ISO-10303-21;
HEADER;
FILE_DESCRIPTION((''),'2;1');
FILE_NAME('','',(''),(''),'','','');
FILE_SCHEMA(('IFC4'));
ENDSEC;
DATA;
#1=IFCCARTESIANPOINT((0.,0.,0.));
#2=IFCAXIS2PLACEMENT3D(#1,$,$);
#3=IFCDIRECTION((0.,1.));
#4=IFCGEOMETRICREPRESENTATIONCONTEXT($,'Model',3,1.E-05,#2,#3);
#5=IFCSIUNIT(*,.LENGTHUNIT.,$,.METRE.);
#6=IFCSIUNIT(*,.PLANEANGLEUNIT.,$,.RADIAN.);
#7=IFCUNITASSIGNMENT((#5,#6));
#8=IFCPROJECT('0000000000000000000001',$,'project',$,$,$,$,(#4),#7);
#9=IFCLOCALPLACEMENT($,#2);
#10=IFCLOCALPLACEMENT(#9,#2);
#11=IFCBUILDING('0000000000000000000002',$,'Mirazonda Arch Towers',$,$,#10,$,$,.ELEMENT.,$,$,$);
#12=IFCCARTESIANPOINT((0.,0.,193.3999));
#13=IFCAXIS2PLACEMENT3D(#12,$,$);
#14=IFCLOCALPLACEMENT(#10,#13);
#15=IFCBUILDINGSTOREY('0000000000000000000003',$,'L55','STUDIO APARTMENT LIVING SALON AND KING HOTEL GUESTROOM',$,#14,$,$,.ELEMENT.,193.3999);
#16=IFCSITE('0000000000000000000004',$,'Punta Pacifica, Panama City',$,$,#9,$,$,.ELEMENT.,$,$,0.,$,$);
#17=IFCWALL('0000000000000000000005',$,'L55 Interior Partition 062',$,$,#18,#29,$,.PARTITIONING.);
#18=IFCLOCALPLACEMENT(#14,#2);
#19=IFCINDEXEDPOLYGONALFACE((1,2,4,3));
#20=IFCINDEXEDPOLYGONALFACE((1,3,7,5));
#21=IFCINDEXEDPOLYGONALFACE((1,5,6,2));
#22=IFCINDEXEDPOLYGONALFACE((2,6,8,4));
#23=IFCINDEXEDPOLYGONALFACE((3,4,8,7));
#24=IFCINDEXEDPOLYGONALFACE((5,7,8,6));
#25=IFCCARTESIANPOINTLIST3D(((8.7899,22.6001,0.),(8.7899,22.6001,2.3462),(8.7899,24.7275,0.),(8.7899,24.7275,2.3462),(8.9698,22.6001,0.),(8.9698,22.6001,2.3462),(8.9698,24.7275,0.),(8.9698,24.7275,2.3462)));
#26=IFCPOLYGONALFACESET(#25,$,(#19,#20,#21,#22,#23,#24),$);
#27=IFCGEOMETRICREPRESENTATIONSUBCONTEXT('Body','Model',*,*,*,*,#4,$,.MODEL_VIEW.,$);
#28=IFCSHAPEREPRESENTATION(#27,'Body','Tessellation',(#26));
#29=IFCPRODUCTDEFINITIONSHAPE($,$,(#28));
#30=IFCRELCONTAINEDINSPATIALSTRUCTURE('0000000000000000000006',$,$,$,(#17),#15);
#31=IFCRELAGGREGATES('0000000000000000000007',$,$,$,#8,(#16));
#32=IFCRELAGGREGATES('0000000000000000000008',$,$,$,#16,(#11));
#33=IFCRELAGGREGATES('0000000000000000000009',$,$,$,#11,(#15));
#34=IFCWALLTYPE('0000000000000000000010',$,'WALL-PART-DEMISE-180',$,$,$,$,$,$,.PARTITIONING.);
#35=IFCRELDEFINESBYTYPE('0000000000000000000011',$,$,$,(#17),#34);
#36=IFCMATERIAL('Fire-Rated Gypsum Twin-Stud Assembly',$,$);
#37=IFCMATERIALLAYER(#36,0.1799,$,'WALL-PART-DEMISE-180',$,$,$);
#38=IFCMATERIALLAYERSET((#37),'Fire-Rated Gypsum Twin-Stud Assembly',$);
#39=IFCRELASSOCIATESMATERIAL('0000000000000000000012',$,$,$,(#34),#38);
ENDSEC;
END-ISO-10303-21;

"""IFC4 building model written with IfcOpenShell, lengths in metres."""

from ifc_helpers import new_model, si_unit, direction, frame, frame_2d, origin, place, context, subcontext, project, spatial, rectangle, extrude, material, layer, layer_set, type_object, element, save


model = new_model("IFC4")

# Units and contexts
model_context = context("Model", 3, precision=1e-05, world=origin(), true_north=direction((0.0, 1.0)))
body_context = subcontext(model_context, "Body", "Model", "MODEL_VIEW")
ifc_project = project(units=[si_unit("LENGTHUNIT", "METRE"), si_unit("PLANEANGLEUNIT", "RADIAN")], contexts=[model_context])

# Site, building, storey
site_placement = place(None, origin())
site = spatial("IfcSite", under=ifc_project, at=site_placement, Name="Punta Pacifica, Panama City", CompositionType="ELEMENT", RefElevation=0.0)
building_placement = place(site_placement, origin())
building = spatial("IfcBuilding", under=site, at=building_placement, Name="Mirazonda Arch Towers", CompositionType="ELEMENT")
storey_placement = place(building_placement, frame((0.0, 0.0, 193.3999)))
storey = spatial("IfcBuildingStorey", under=building, at=storey_placement, Name="L55", Description="STUDIO APARTMENT LIVING SALON AND KING HOTEL GUESTROOM", CompositionType="ELEMENT", Elevation=193.3999)

# Shared definitions
ifc_material_1 = material(Name="Fire-Rated Gypsum Twin-Stud Assembly")
ifc_layer_1 = layer(ifc_material_1, 0.1799, Name="WALL-PART-DEMISE-180")
ifc_layer_set_1 = layer_set([ifc_layer_1], Name="Fire-Rated Gypsum Twin-Stud Assembly")
wall_type_1 = type_object("IfcWallType", Name="WALL-PART-DEMISE-180", PredefinedType="PARTITIONING", material=ifc_layer_set_1)

# Wall
wall_1_placement = place(storey_placement, frame((8.8799, 22.6001, 0.0), z_axis=(0.0, 0.0, 1.0), x_axis=(0.0, 1.0, 0.0)))
element("IfcWall", 1, at=wall_1_placement, inside=storey, type_object=wall_type_1, Name="L55 Interior Partition 062", PredefinedType="PARTITIONING", context=body_context, shape_type="SweptSolid", body=[
    extrude(rectangle(XDim=2.1274, YDim=0.1799, at=frame_2d((1.0637, 0.0))), origin(), (0.0, 0.0, 1.0), 2.3462),
])

save(model, "model.ifc")
